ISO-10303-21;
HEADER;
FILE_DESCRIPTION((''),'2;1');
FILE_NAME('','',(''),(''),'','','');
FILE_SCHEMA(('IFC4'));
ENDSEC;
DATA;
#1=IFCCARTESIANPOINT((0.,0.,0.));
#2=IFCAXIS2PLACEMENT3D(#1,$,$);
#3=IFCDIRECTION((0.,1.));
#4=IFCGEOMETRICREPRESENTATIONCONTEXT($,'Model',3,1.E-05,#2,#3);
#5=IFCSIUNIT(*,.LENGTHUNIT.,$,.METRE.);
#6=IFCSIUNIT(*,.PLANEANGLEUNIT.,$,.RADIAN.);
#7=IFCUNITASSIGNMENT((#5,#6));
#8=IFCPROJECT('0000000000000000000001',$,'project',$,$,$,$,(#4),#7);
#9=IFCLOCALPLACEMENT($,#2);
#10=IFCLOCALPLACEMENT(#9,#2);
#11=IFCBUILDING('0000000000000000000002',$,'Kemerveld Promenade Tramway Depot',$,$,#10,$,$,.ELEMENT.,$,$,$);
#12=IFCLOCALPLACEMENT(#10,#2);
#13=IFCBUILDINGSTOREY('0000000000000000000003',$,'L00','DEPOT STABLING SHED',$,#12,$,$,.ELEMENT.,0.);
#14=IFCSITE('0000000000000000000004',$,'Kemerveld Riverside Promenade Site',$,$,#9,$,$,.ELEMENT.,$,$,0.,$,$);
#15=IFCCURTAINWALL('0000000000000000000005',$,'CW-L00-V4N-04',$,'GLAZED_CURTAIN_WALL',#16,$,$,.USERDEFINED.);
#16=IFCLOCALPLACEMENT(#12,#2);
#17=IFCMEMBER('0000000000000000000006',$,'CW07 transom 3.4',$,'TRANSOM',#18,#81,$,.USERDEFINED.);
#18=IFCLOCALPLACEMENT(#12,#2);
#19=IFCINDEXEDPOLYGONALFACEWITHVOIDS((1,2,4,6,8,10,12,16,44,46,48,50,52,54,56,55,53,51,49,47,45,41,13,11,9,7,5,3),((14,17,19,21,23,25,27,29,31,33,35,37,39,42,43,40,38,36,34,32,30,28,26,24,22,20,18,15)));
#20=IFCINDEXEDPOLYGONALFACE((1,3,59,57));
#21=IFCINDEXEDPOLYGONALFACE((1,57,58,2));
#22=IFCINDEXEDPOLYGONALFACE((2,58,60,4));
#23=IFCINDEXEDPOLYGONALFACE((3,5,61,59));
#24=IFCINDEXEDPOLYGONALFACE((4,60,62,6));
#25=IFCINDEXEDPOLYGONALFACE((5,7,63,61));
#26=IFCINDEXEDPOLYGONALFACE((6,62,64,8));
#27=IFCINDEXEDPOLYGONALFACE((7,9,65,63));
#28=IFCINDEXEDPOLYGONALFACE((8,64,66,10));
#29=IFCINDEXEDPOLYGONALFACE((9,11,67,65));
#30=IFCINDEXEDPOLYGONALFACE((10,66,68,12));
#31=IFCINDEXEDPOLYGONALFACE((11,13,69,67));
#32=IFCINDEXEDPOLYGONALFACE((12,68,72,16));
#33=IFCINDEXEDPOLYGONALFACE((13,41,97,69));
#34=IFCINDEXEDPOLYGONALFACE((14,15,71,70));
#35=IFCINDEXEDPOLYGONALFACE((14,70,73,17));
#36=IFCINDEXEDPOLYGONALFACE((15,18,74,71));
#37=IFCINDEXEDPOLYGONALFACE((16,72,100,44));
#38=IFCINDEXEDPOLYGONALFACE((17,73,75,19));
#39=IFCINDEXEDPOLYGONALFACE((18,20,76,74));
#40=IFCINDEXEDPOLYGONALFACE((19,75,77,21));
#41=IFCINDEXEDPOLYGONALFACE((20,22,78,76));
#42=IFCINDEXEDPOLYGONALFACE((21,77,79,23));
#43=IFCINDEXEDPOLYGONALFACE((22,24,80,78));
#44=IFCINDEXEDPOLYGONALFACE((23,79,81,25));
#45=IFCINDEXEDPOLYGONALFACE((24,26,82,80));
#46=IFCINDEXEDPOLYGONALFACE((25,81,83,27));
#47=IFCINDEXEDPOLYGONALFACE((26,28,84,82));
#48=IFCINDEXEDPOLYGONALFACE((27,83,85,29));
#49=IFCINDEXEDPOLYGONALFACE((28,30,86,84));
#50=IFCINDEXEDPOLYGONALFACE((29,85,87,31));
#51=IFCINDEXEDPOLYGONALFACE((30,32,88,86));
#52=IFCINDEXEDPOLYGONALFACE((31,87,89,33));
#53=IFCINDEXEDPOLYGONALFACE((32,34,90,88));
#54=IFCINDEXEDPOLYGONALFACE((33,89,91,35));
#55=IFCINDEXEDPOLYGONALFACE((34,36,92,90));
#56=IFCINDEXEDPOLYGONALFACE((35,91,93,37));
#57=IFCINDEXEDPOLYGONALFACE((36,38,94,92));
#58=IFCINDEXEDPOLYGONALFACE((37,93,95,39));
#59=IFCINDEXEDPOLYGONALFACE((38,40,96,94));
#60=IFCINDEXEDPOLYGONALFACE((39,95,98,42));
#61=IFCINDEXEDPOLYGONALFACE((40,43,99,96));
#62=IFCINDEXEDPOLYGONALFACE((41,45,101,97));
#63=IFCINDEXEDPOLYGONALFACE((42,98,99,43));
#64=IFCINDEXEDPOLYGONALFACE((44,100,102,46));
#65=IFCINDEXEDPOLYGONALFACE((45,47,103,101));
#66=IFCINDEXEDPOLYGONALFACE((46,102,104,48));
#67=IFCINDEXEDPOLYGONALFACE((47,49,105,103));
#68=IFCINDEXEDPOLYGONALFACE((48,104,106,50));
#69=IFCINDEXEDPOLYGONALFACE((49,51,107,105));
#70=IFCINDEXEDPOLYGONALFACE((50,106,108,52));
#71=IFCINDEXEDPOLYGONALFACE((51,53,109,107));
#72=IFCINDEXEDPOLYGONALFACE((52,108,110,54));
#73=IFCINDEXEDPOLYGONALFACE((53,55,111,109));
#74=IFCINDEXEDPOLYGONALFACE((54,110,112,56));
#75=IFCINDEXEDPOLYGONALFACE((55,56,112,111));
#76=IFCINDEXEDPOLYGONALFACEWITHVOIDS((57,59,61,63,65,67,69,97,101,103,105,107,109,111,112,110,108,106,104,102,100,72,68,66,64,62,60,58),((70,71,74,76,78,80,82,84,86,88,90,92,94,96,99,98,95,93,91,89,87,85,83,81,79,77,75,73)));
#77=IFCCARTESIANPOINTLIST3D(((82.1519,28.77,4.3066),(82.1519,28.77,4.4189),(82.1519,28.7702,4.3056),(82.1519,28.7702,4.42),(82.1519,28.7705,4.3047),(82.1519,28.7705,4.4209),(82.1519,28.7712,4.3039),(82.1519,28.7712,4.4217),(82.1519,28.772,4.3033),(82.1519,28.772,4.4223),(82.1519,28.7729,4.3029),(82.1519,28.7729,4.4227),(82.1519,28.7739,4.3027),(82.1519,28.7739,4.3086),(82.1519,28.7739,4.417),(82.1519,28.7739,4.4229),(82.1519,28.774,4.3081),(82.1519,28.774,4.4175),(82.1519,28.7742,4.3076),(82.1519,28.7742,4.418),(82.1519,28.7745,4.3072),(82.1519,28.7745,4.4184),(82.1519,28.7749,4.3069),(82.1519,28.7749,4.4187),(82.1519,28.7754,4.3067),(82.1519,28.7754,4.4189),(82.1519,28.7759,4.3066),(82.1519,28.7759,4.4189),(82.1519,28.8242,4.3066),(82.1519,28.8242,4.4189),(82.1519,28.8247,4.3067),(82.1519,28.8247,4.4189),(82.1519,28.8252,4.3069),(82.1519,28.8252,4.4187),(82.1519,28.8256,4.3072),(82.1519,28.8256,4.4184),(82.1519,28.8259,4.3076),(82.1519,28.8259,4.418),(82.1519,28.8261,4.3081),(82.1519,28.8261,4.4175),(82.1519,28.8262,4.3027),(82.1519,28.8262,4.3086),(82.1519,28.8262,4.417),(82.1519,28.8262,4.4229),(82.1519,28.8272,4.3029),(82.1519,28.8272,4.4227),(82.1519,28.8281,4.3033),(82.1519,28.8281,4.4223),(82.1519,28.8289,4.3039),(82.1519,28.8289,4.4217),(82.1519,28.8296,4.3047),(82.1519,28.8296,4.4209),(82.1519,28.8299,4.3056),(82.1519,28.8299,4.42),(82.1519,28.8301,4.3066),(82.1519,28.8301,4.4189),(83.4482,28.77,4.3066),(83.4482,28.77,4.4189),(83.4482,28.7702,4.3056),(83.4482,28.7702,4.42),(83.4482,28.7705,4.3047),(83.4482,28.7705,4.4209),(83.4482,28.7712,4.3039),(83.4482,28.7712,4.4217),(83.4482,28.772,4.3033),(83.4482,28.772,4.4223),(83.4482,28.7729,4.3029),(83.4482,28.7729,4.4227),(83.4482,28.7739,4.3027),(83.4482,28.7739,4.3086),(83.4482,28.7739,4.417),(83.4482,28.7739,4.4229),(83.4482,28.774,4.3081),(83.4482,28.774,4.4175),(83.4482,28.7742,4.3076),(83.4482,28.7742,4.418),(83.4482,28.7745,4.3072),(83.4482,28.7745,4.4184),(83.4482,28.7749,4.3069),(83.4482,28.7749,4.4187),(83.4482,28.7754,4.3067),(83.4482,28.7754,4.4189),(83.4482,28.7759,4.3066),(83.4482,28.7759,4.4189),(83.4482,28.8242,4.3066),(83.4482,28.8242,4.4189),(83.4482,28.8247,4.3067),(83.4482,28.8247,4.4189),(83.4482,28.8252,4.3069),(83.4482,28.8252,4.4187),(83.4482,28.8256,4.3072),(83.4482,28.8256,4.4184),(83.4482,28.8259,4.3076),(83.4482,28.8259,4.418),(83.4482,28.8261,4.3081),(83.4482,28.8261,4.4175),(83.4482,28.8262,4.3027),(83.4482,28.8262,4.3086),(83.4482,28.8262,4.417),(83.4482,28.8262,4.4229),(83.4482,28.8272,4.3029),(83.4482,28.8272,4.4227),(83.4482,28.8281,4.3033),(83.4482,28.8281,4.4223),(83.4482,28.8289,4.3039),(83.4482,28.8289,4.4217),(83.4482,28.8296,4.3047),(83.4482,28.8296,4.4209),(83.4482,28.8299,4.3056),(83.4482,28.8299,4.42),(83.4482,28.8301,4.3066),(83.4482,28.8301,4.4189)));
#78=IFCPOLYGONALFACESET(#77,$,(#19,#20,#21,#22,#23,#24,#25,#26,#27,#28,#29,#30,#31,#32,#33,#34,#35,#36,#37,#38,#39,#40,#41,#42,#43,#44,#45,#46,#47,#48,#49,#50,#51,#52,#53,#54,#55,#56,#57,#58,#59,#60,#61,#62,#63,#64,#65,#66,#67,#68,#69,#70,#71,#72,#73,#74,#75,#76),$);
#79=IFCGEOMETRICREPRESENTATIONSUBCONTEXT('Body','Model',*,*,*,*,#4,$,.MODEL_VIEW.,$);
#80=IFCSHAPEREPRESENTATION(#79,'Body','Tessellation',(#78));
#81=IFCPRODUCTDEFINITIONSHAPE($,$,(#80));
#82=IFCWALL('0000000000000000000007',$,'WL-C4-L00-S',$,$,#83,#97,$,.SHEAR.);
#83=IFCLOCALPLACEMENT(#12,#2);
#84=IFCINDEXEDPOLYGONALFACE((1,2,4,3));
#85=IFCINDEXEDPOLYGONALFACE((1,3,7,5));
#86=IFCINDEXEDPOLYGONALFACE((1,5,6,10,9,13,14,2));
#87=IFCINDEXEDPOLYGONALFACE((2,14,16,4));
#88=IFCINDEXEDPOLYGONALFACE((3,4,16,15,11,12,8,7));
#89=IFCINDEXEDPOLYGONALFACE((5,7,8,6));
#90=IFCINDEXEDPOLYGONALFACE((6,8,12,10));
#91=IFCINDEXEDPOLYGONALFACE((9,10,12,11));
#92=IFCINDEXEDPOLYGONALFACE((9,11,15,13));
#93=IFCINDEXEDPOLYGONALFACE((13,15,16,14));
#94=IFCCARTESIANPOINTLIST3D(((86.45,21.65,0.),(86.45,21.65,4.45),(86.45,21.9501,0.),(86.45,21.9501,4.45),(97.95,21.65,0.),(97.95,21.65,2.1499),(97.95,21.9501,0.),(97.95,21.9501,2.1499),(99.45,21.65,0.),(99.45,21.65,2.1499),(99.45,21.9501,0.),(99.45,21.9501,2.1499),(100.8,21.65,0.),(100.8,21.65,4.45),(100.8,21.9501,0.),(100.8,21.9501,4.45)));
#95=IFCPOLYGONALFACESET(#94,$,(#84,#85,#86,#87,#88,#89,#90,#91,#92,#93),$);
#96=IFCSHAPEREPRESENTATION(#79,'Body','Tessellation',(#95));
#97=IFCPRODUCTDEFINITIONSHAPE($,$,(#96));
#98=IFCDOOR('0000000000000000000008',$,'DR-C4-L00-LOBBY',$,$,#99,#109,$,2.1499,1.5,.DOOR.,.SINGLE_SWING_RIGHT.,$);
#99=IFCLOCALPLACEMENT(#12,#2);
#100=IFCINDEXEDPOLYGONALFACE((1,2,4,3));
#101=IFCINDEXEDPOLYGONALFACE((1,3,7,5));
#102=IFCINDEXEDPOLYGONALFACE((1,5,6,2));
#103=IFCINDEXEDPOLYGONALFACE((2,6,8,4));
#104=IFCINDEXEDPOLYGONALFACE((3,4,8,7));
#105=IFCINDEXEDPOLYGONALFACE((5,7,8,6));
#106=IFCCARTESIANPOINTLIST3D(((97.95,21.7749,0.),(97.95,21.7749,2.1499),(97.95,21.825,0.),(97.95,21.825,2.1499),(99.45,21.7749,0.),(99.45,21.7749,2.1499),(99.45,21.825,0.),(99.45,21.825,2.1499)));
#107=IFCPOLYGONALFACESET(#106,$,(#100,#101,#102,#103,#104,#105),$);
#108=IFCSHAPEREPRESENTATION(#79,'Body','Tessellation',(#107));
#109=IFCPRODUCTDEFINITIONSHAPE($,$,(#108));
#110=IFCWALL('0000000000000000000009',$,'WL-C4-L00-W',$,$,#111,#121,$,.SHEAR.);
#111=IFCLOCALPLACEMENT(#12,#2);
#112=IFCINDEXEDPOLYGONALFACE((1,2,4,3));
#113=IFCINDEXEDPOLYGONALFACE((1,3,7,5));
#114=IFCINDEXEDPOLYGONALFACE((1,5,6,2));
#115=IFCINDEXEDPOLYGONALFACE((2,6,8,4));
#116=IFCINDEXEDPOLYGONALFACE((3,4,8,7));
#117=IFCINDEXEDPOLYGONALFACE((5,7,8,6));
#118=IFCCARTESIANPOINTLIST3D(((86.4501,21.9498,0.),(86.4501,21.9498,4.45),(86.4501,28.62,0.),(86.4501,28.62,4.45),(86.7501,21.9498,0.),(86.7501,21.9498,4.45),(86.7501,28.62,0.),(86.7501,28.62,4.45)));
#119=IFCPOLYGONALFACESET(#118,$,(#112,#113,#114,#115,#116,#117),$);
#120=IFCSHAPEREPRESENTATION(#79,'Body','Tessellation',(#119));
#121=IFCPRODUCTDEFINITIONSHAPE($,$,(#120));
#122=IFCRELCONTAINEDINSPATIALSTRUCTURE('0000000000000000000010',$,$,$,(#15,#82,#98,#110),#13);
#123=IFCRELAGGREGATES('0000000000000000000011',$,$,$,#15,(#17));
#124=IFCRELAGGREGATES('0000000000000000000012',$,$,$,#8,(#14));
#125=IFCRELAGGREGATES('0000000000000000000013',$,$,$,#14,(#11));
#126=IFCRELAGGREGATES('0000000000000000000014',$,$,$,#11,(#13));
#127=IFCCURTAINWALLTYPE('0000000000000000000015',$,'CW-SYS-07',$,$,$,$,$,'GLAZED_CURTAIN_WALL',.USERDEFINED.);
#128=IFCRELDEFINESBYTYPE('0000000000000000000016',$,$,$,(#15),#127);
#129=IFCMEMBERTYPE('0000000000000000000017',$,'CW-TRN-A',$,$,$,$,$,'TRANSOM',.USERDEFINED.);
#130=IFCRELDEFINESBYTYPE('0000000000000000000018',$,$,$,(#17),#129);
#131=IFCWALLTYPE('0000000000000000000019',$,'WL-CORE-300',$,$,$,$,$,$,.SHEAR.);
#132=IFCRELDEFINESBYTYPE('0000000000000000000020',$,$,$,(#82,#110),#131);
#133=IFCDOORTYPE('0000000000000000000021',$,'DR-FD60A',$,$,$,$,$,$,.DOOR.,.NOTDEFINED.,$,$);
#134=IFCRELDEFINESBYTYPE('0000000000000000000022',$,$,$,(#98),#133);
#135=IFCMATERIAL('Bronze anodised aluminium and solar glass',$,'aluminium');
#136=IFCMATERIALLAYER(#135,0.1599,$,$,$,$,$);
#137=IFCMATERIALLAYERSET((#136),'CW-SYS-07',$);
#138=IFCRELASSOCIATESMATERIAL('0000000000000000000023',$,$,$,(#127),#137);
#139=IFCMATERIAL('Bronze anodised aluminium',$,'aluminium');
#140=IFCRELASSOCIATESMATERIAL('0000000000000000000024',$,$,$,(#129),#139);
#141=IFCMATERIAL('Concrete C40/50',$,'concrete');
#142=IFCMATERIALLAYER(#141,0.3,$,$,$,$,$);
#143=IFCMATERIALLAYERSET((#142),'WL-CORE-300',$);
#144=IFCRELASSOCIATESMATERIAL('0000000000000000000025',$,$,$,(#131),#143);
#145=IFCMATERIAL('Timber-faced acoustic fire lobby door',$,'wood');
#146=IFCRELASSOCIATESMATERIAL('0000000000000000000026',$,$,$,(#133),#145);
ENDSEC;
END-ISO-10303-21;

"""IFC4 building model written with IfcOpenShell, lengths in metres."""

from ifc_helpers import new_model, si_unit, direction, frame, frame_2d, origin, origin_2d, place, context, subcontext, project, spatial, rectangle, hollow_rectangle, extrude, material, layer, layer_set, material_profile, profile_set, type_object, element, fill, aggregate, save


model = new_model("IFC4")

# Units and contexts
model_context = context("Model", 3, precision=1e-05, world=origin(), true_north=direction((0.0, 1.0)))
body_context = subcontext(model_context, "Body", "Model", "MODEL_VIEW")
ifc_project = project(units=[si_unit("LENGTHUNIT", "METRE"), si_unit("PLANEANGLEUNIT", "RADIAN")], contexts=[model_context])

# Site, building, storey
site_placement = place(None, origin())
site = spatial("IfcSite", under=ifc_project, at=site_placement, Name="Kemerveld Riverside Promenade Site", CompositionType="ELEMENT", RefElevation=0.0)
building_placement = place(site_placement, origin())
building = spatial("IfcBuilding", under=site, at=building_placement, Name="Kemerveld Promenade Tramway Depot", CompositionType="ELEMENT")
storey_placement = place(building_placement, origin())
storey = spatial("IfcBuildingStorey", under=building, at=storey_placement, Name="L00", Description="DEPOT STABLING SHED", CompositionType="ELEMENT", Elevation=0.0)

# Curtain wall, member
ifc_material_1 = material(Name="Bronze anodised aluminium and solar glass", Category="aluminium")
ifc_layer_1 = layer(ifc_material_1, 0.1599)
ifc_layer_set_1 = layer_set([ifc_layer_1], Name="CW-SYS-07")
curtain_wall_type = type_object("IfcCurtainWallType", Name="CW-SYS-07", ElementType="GLAZED_CURTAIN_WALL", PredefinedType="USERDEFINED", material=ifc_layer_set_1)
curtain_wall_placement = place(storey_placement, origin())
curtain_wall = element("IfcCurtainWall", 1, at=curtain_wall_placement, inside=storey, type_object=curtain_wall_type, Name="CW-L00-V4N-04", ObjectType="GLAZED_CURTAIN_WALL", PredefinedType="USERDEFINED")
ifc_material_2 = material(Name="Bronze anodised aluminium", Category="aluminium")
ifc_material_profile_1 = material_profile(ifc_material_2, hollow_rectangle(XDim=0.0601, YDim=0.1201, WallThickness=0.0039, InnerFilletRadius=0.002, OuterFilletRadius=0.0039, at=origin_2d()), Name="CW-TRN-120x60")
ifc_profile_set_1 = profile_set([ifc_material_profile_1], Name="Bronze anodised aluminium")
member_type = type_object("IfcMemberType", Name="CW-TRN-A", ElementType="TRANSOM", PredefinedType="USERDEFINED", material=ifc_profile_set_1)
member_1_placement = place(storey_placement, frame((82.1519, 28.8, 4.3628), z_axis=(1.0, 0.0, 0.0), x_axis=(0.0, 1.0, 0.0)))
member_1 = element("IfcMember", 2, at=member_1_placement, type_object=member_type, Name="CW07 transom 3.4", ObjectType="TRANSOM", PredefinedType="USERDEFINED", context=body_context, shape_type="SweptSolid", body=[
    extrude(hollow_rectangle(XDim=0.0601, YDim=0.1201, WallThickness=0.0039, InnerFilletRadius=0.002, OuterFilletRadius=0.0039, at=origin_2d()), origin(), (0.0, 0.0, 1.0), 1.2964),
])
aggregate(curtain_wall, [member_1])

# Wall, opening, door
ifc_material_3 = material(Name="Concrete C40/50", Category="concrete")
ifc_layer_2 = layer(ifc_material_3, 0.3)
ifc_layer_set_2 = layer_set([ifc_layer_2], Name="WL-CORE-300")
wall_type = type_object("IfcWallType", Name="WL-CORE-300", PredefinedType="SHEAR", material=ifc_layer_set_2)
wall_1_placement = place(storey_placement, frame((86.45, 21.8, 0.0), z_axis=(0.0, 0.0, 1.0), x_axis=(1.0, 0.0, 0.0)))
wall_1 = element("IfcWall", 3, at=wall_1_placement, inside=storey, type_object=wall_type, Name="WL-C4-L00-S", PredefinedType="SHEAR", context=body_context, shape_type="SweptSolid", body=[
    extrude(rectangle(XDim=14.3501, YDim=0.3, at=frame_2d((7.175, 0.0))), origin(), (0.0, 0.0, 1.0), 4.45),
])
opening_placement = place(wall_1_placement, frame((11.5, 0.0, 0.0)))
opening = element("IfcOpeningElement", 4, at=opening_placement, cuts=wall_1, PredefinedType="OPENING", context=body_context, shape_type="SweptSolid", body=[
    extrude(rectangle(XDim=1.5, YDim=2.1499, at=frame_2d((0.75, 1.075))), frame((0.0, 0.1599, 0.0), z_axis=(0.0, -1.0, 0.0), x_axis=(1.0, 0.0, 0.0)), (0.0, 0.0, 1.0), 0.3201),
])
ifc_material_4 = material(Name="Timber-faced acoustic fire lobby door", Category="wood")
door_type = type_object("IfcDoorType", Name="DR-FD60A", OperationType="NOTDEFINED", PredefinedType="DOOR", material=ifc_material_4)
door_placement = place(opening_placement, origin())
door = element("IfcDoor", 5, at=door_placement, inside=storey, type_object=door_type, Name="DR-C4-L00-LOBBY", OperationType="SINGLE_SWING_RIGHT", OverallHeight=2.1499, OverallWidth=1.5, PredefinedType="DOOR", context=body_context, shape_type="SweptSolid", body=[
    extrude(rectangle(XDim=1.5, YDim=2.1499, at=frame_2d((0.75, 1.075))), frame((0.0, 0.0249, 0.0), z_axis=(0.0, -1.0, 0.0), x_axis=(1.0, 0.0, 0.0)), (0.0, 0.0, 1.0), 0.05),
])
fill(opening, door)

# Wall
wall_2_placement = place(storey_placement, frame((86.6001, 21.95, 0.0), z_axis=(0.0, 0.0, 1.0), x_axis=(0.0, 1.0, 0.0)))
element("IfcWall", 6, at=wall_2_placement, inside=storey, type_object=wall_type, Name="WL-C4-L00-W", PredefinedType="SHEAR", context=body_context, shape_type="SweptSolid", body=[
    extrude(rectangle(XDim=6.6702, YDim=0.3, at=frame_2d((3.335, 0.0))), origin(), (0.0, 0.0, 1.0), 4.45),
])

save(model, "model.ifc")
